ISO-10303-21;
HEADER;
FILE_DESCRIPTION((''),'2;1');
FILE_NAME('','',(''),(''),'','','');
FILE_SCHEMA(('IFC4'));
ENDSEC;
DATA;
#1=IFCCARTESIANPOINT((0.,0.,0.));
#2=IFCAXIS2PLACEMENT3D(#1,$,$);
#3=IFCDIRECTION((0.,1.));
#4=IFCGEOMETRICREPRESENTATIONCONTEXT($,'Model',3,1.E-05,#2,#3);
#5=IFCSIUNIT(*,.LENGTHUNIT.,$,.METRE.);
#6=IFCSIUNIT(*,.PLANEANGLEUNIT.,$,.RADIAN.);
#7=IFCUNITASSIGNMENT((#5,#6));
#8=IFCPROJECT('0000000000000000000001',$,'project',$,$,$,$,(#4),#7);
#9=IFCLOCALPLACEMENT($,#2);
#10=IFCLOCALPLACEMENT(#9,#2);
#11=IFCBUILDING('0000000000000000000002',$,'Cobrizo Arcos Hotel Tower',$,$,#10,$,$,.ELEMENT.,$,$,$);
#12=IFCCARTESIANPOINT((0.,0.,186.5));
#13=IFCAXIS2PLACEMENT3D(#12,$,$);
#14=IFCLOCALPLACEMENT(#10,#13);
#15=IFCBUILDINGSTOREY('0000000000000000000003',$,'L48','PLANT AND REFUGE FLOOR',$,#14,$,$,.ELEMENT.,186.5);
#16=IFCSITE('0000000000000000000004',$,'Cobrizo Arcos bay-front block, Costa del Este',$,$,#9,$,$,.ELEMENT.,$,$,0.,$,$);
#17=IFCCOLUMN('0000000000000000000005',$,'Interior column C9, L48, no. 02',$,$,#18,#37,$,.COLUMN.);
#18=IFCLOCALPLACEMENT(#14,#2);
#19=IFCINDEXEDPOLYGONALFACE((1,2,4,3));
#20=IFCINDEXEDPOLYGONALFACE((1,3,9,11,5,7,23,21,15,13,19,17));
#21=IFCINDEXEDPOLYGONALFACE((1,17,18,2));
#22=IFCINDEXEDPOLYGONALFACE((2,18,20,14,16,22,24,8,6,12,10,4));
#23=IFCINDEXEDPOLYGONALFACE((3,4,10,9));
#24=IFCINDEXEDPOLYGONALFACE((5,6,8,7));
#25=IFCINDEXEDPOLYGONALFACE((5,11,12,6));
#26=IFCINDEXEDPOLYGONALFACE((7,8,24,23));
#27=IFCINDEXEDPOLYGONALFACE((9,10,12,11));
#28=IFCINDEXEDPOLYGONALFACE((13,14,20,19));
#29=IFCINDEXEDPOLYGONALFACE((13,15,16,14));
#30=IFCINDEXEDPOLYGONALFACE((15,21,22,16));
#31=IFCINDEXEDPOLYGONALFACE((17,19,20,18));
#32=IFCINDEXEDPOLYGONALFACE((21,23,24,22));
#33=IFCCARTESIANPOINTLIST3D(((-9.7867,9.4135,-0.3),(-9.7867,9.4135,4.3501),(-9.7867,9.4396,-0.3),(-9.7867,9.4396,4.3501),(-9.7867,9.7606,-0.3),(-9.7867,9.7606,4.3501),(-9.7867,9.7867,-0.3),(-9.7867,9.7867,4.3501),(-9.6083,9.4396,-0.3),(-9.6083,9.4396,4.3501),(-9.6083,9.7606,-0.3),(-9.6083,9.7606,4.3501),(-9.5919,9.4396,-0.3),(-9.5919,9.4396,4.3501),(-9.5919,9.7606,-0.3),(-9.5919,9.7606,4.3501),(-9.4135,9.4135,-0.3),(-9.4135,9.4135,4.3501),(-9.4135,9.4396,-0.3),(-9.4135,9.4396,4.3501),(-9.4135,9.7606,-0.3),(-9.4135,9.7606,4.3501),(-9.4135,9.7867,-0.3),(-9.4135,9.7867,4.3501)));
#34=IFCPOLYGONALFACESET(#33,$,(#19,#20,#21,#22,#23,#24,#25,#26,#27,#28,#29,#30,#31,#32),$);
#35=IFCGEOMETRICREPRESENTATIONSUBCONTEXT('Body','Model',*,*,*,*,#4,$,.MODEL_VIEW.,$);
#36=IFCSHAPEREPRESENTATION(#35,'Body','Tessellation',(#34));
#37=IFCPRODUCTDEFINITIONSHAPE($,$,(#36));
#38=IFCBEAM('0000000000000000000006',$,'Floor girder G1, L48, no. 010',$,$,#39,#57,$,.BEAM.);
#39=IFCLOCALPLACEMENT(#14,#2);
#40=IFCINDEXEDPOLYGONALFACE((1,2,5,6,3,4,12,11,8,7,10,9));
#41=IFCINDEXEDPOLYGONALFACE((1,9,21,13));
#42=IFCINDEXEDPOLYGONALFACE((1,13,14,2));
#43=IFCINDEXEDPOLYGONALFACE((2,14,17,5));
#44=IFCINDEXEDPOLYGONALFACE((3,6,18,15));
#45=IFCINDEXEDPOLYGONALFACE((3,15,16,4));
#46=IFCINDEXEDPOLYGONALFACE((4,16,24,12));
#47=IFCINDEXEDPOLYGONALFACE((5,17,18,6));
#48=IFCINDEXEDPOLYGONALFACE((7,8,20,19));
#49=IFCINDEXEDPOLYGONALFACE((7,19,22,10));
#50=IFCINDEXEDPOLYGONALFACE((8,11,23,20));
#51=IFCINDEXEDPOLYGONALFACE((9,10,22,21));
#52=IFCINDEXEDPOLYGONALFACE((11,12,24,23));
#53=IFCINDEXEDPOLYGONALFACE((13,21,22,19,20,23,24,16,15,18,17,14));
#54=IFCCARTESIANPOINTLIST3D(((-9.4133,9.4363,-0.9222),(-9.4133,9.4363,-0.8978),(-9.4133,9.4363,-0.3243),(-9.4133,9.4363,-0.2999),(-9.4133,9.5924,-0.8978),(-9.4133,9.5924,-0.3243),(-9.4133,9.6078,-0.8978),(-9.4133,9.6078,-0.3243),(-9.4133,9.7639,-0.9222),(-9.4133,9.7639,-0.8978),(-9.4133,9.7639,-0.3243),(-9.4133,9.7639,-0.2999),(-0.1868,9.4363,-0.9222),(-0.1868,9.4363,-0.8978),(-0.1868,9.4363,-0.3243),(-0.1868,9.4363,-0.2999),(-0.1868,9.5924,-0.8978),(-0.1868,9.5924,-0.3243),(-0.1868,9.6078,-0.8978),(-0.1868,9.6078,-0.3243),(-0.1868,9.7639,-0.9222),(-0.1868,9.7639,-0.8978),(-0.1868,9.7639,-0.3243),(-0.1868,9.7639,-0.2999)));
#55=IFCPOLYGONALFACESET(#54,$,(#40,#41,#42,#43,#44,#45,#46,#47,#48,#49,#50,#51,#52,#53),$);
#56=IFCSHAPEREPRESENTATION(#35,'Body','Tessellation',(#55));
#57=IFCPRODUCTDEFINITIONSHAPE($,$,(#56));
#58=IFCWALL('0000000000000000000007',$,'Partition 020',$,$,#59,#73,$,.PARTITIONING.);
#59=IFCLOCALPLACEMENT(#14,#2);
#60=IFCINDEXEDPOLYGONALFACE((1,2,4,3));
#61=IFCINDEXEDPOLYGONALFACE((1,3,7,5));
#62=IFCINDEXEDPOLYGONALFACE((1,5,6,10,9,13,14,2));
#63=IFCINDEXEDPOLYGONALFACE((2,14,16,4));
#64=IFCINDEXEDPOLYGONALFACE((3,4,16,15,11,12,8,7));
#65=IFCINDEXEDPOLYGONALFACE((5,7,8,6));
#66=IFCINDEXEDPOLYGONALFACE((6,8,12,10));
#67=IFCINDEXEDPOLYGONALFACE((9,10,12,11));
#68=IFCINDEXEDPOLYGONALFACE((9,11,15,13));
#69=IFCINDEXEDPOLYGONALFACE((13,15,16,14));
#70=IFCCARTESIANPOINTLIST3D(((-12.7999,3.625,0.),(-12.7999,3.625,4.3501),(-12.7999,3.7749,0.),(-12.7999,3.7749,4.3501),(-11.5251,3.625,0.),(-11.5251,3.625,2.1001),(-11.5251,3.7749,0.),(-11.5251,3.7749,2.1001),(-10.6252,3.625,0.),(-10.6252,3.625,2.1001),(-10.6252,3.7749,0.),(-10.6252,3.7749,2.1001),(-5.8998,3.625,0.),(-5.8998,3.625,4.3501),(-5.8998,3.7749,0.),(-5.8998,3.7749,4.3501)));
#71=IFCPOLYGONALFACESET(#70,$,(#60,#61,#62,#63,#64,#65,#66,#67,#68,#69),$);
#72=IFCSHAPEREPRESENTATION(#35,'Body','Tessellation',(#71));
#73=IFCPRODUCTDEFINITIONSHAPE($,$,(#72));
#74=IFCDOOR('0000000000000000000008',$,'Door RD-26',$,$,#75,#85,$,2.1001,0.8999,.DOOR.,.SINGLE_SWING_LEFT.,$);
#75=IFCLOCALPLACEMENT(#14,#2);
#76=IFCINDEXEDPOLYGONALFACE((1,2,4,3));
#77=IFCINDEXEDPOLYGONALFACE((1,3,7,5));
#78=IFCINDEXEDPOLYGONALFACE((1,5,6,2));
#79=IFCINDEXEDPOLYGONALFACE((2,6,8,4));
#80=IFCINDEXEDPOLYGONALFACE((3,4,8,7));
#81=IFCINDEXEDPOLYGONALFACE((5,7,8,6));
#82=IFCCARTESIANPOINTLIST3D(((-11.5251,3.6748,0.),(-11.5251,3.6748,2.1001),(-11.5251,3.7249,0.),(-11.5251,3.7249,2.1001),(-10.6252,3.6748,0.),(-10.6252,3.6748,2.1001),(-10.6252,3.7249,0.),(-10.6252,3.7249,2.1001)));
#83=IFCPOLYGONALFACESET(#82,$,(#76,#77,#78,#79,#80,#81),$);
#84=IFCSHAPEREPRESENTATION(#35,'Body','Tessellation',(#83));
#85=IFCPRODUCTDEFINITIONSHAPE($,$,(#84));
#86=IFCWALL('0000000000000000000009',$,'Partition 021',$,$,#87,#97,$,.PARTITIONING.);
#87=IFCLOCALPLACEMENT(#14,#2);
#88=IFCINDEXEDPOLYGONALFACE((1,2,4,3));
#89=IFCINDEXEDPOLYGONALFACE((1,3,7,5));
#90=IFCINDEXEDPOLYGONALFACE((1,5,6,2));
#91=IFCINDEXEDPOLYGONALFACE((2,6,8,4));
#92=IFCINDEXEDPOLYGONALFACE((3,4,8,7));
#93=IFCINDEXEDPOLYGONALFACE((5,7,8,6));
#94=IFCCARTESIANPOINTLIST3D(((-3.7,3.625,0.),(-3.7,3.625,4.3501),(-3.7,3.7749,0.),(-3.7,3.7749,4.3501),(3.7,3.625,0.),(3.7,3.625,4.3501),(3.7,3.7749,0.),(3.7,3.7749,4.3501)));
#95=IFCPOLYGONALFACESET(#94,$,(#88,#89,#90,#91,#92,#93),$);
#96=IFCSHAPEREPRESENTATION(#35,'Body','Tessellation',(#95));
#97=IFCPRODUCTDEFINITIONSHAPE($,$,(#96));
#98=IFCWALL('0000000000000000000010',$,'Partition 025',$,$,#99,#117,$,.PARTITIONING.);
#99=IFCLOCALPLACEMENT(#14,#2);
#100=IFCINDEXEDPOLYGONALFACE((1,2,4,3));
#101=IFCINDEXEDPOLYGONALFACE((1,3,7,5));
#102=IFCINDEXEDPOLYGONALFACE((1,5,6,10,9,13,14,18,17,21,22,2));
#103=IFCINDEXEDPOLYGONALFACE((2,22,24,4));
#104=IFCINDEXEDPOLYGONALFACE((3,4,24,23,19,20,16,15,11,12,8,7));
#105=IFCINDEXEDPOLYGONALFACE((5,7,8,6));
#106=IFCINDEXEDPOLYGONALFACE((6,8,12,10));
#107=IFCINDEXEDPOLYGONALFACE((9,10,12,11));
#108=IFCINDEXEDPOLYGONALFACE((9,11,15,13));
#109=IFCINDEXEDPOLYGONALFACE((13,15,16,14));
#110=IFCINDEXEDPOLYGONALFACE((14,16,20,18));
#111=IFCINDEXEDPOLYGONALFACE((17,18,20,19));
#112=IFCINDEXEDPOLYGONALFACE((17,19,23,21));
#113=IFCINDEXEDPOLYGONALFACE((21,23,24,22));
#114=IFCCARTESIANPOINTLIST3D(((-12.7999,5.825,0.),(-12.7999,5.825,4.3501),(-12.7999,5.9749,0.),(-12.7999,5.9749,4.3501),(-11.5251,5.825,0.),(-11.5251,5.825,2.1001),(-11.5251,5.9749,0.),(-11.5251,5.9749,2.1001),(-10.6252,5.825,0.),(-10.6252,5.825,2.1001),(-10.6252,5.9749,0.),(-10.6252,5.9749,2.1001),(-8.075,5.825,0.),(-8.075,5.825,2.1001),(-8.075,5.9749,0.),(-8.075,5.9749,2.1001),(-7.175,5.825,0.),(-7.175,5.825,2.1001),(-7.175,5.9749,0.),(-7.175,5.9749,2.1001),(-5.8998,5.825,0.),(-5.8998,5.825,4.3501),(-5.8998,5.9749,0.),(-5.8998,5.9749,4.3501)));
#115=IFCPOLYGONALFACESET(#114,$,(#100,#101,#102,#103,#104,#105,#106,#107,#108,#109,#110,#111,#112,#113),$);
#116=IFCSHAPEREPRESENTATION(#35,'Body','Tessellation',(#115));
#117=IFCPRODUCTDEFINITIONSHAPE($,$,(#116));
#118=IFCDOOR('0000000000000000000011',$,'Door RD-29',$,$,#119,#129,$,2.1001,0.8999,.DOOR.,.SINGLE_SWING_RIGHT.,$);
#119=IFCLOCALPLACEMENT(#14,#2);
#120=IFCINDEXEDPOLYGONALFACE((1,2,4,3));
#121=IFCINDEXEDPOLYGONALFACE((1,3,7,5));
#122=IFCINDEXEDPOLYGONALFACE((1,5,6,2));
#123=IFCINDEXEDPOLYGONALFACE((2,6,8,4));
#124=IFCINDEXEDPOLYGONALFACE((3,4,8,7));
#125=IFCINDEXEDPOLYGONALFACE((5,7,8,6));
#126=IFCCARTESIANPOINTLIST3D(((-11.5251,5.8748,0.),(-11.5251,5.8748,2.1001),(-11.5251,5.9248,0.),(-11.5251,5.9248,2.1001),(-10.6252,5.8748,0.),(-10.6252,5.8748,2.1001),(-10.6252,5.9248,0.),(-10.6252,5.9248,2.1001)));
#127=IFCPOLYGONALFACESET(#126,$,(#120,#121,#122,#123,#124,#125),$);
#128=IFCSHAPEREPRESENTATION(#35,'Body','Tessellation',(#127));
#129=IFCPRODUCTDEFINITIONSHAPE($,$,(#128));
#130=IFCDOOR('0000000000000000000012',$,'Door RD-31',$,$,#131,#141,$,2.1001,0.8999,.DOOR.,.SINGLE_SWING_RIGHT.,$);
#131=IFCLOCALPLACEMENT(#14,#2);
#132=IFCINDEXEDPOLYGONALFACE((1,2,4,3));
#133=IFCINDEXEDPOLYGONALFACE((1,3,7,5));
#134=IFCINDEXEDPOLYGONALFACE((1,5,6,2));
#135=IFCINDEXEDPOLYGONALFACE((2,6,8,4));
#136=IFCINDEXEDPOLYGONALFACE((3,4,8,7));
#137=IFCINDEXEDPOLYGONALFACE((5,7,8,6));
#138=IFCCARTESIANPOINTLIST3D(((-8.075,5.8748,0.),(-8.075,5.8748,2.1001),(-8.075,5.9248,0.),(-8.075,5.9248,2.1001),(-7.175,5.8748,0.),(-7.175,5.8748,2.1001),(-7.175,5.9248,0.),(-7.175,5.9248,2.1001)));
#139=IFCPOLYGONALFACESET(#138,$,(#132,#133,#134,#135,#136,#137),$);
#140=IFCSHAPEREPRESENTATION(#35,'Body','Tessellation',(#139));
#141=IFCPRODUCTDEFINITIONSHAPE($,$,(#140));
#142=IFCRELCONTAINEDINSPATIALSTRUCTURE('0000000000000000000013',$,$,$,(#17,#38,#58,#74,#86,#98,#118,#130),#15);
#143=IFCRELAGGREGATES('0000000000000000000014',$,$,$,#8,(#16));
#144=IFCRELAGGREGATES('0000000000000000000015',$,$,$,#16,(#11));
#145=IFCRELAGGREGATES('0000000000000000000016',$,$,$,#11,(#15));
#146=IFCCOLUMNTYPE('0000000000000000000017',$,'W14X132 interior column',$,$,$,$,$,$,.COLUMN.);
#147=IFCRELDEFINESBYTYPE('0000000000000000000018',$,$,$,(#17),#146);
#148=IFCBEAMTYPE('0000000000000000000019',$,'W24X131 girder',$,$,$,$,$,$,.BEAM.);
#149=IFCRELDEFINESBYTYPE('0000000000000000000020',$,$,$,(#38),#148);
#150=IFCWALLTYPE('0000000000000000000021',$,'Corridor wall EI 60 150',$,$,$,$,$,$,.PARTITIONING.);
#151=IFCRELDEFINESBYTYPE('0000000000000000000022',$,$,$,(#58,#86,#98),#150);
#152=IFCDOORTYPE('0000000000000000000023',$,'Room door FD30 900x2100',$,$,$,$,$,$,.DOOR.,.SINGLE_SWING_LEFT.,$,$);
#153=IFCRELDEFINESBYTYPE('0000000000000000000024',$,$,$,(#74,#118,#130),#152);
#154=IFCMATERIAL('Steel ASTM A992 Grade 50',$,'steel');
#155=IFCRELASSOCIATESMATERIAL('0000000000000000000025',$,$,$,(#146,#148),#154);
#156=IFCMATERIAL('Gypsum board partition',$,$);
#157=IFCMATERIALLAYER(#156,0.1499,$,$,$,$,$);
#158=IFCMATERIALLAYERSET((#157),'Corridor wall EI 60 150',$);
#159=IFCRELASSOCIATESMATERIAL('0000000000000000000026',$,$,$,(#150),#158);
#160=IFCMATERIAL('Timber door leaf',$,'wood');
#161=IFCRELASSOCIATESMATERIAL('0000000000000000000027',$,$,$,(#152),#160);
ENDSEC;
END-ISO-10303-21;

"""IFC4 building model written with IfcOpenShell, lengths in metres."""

from ifc_helpers import new_model, si_unit, direction, frame, frame_2d, origin, origin_2d, place, context, subcontext, project, spatial, rectangle, i_section, extrude, material, layer, layer_set, material_profile, profile_set, type_object, element, fill, save


model = new_model("IFC4")

# Units and contexts
model_context = context("Model", 3, precision=1e-05, world=origin(), true_north=direction((0.0, 1.0)))
body_context = subcontext(model_context, "Body", "Model", "MODEL_VIEW")
ifc_project = project(units=[si_unit("LENGTHUNIT", "METRE"), si_unit("PLANEANGLEUNIT", "RADIAN")], contexts=[model_context])

# Site, building, storey
site_placement = place(None, origin())
site = spatial("IfcSite", under=ifc_project, at=site_placement, Name="Cobrizo Arcos bay-front block, Costa del Este", CompositionType="ELEMENT", RefElevation=0.0)
building_placement = place(site_placement, origin())
building = spatial("IfcBuilding", under=site, at=building_placement, Name="Cobrizo Arcos Hotel Tower", CompositionType="ELEMENT")
storey_placement = place(building_placement, frame((0.0, 0.0, 186.5)))
storey = spatial("IfcBuildingStorey", under=building, at=storey_placement, Name="L48", Description="PLANT AND REFUGE FLOOR", CompositionType="ELEMENT", Elevation=186.5)

# Column
ifc_material_1 = material(Name="Steel ASTM A992 Grade 50", Category="steel")
ifc_material_profile_1 = material_profile(ifc_material_1, i_section(OverallWidth=0.3733, OverallDepth=0.3733, WebThickness=0.0164, FlangeThickness=0.0261, at=origin_2d()), Name="W14X132")
ifc_profile_set_1 = profile_set([ifc_material_profile_1], Name="Steel ASTM A992 Grade 50")
column_type = type_object("IfcColumnType", Name="W14X132 interior column", PredefinedType="COLUMN", material=ifc_profile_set_1)
column_placement = place(storey_placement, frame((-9.6001, 9.6001, -0.3), z_axis=(0.0, 0.0, 1.0), x_axis=(1.0, 0.0, 0.0)))
element("IfcColumn", 1, at=column_placement, inside=storey, type_object=column_type, Name="Interior column C9, L48, no. 02", PredefinedType="COLUMN", context=body_context, shape_type="SweptSolid", body=[
    extrude(i_section(OverallWidth=0.3733, OverallDepth=0.3733, WebThickness=0.0164, FlangeThickness=0.0261, at=origin_2d()), origin(), (0.0, 0.0, 1.0), 4.6501),
])

# Beam
ifc_material_profile_2 = material_profile(ifc_material_1, i_section(OverallWidth=0.3276, OverallDepth=0.6223, WebThickness=0.0154, FlangeThickness=0.0244, at=origin_2d()), Name="W24X131")
ifc_profile_set_2 = profile_set([ifc_material_profile_2], Name="Steel ASTM A992 Grade 50")
beam_type = type_object("IfcBeamType", Name="W24X131 girder", PredefinedType="BEAM", material=ifc_profile_set_2)
beam_placement = place(storey_placement, frame((-9.4133, 9.6001, -0.6111), z_axis=(1.0, 0.0, 0.0), x_axis=(0.0, 1.0, 0.0)))
element("IfcBeam", 2, at=beam_placement, inside=storey, type_object=beam_type, Name="Floor girder G1, L48, no. 010", PredefinedType="BEAM", context=body_context, shape_type="SweptSolid", body=[
    extrude(i_section(OverallWidth=0.3276, OverallDepth=0.6223, WebThickness=0.0154, FlangeThickness=0.0244, at=origin_2d()), origin(), (0.0, 0.0, 1.0), 9.2266),
])

# Wall, opening, door
ifc_material_2 = material(Name="Gypsum board partition")
ifc_layer = layer(ifc_material_2, 0.1499)
ifc_layer_set = layer_set([ifc_layer], Name="Corridor wall EI 60 150")
wall_type = type_object("IfcWallType", Name="Corridor wall EI 60 150", PredefinedType="PARTITIONING", material=ifc_layer_set)
wall_1_placement = place(storey_placement, frame((-12.8, 3.7, 0.0), z_axis=(0.0, 0.0, 1.0), x_axis=(1.0, 0.0, 0.0)))
wall_1 = element("IfcWall", 3, at=wall_1_placement, inside=storey, type_object=wall_type, Name="Partition 020", PredefinedType="PARTITIONING", context=body_context, shape_type="SweptSolid", body=[
    extrude(rectangle(XDim=6.9001, YDim=0.1499, at=frame_2d((3.4502, 0.0))), origin(), (0.0, 0.0, 1.0), 4.3501),
])
opening_1_placement = place(wall_1_placement, frame((1.2749, 0.0, 0.0)))
opening_1 = element("IfcOpeningElement", 4, at=opening_1_placement, cuts=wall_1, PredefinedType="OPENING", context=body_context, shape_type="SweptSolid", body=[
    extrude(rectangle(XDim=0.8999, YDim=2.1001, at=frame_2d((0.45, 1.05))), frame((0.0, 0.0869, 0.0), z_axis=(0.0, -1.0, 0.0), x_axis=(1.0, 0.0, 0.0)), (0.0, 0.0, 1.0), 0.1738),
])
ifc_material_3 = material(Name="Timber door leaf", Category="wood")
door_type = type_object("IfcDoorType", Name="Room door FD30 900x2100", OperationType="SINGLE_SWING_LEFT", PredefinedType="DOOR", material=ifc_material_3)
door_1_placement = place(opening_1_placement, origin())
door_1 = element("IfcDoor", 5, at=door_1_placement, inside=storey, type_object=door_type, Name="Door RD-26", OperationType="SINGLE_SWING_LEFT", OverallHeight=2.1001, OverallWidth=0.8999, PredefinedType="DOOR", context=body_context, shape_type="SweptSolid", body=[
    extrude(rectangle(XDim=0.8999, YDim=2.1001, at=frame_2d((0.45, 1.05))), frame((0.0, 0.0249, 0.0), z_axis=(0.0, -1.0, 0.0), x_axis=(1.0, 0.0, 0.0)), (0.0, 0.0, 1.0), 0.05),
])
fill(opening_1, door_1)

# Wall
wall_2_placement = place(storey_placement, frame((-3.7, 3.7, 0.0), z_axis=(0.0, 0.0, 1.0), x_axis=(1.0, 0.0, 0.0)))
element("IfcWall", 6, at=wall_2_placement, inside=storey, type_object=wall_type, Name="Partition 021", PredefinedType="PARTITIONING", context=body_context, shape_type="SweptSolid", body=[
    extrude(rectangle(XDim=7.3999, YDim=0.1499, at=frame_2d((3.7, 0.0))), origin(), (0.0, 0.0, 1.0), 4.3501),
])

# Wall, openings, doors
wall_3_placement = place(storey_placement, frame((-12.8, 5.8999, 0.0), z_axis=(0.0, 0.0, 1.0), x_axis=(1.0, 0.0, 0.0)))
wall_3 = element("IfcWall", 7, at=wall_3_placement, inside=storey, type_object=wall_type, Name="Partition 025", PredefinedType="PARTITIONING", context=body_context, shape_type="SweptSolid", body=[
    extrude(rectangle(XDim=6.9001, YDim=0.1499, at=frame_2d((3.4502, 0.0))), origin(), (0.0, 0.0, 1.0), 4.3501),
])
opening_2_placement = place(wall_3_placement, frame((1.2749, 0.0, 0.0)))
opening_2 = element("IfcOpeningElement", 8, at=opening_2_placement, cuts=wall_3, PredefinedType="OPENING", context=body_context, shape_type="SweptSolid", body=[
    extrude(rectangle(XDim=0.8999, YDim=2.1001, at=frame_2d((0.45, 1.05))), frame((0.0, 0.0869, 0.0), z_axis=(0.0, -1.0, 0.0), x_axis=(1.0, 0.0, 0.0)), (0.0, 0.0, 1.0), 0.1738),
])
opening_3_placement = place(wall_3_placement, frame((4.7251, 0.0, 0.0)))
opening_3 = element("IfcOpeningElement", 9, at=opening_3_placement, cuts=wall_3, PredefinedType="OPENING", context=body_context, shape_type="SweptSolid", body=[
    extrude(rectangle(XDim=0.8999, YDim=2.1001, at=frame_2d((0.45, 1.05))), frame((0.0, 0.0869, 0.0), z_axis=(0.0, -1.0, 0.0), x_axis=(1.0, 0.0, 0.0)), (0.0, 0.0, 1.0), 0.1738),
])
door_2_placement = place(opening_2_placement, origin())
door_2 = element("IfcDoor", 10, at=door_2_placement, inside=storey, type_object=door_type, Name="Door RD-29", OperationType="SINGLE_SWING_RIGHT", OverallHeight=2.1001, OverallWidth=0.8999, PredefinedType="DOOR", context=body_context, shape_type="SweptSolid", body=[
    extrude(rectangle(XDim=0.8999, YDim=2.1001, at=frame_2d((0.45, 1.05))), frame((0.0, 0.0249, 0.0), z_axis=(0.0, -1.0, 0.0), x_axis=(1.0, 0.0, 0.0)), (0.0, 0.0, 1.0), 0.05),
])
fill(opening_2, door_2)
door_3_placement = place(opening_3_placement, origin())
door_3 = element("IfcDoor", 11, at=door_3_placement, inside=storey, type_object=door_type, Name="Door RD-31", OperationType="SINGLE_SWING_RIGHT", OverallHeight=2.1001, OverallWidth=0.8999, PredefinedType="DOOR", context=body_context, shape_type="SweptSolid", body=[
    extrude(rectangle(XDim=0.8999, YDim=2.1001, at=frame_2d((0.45, 1.05))), frame((0.0, 0.0249, 0.0), z_axis=(0.0, -1.0, 0.0), x_axis=(1.0, 0.0, 0.0)), (0.0, 0.0, 1.0), 0.05),
])
fill(opening_3, door_3)

save(model, "model.ifc")
